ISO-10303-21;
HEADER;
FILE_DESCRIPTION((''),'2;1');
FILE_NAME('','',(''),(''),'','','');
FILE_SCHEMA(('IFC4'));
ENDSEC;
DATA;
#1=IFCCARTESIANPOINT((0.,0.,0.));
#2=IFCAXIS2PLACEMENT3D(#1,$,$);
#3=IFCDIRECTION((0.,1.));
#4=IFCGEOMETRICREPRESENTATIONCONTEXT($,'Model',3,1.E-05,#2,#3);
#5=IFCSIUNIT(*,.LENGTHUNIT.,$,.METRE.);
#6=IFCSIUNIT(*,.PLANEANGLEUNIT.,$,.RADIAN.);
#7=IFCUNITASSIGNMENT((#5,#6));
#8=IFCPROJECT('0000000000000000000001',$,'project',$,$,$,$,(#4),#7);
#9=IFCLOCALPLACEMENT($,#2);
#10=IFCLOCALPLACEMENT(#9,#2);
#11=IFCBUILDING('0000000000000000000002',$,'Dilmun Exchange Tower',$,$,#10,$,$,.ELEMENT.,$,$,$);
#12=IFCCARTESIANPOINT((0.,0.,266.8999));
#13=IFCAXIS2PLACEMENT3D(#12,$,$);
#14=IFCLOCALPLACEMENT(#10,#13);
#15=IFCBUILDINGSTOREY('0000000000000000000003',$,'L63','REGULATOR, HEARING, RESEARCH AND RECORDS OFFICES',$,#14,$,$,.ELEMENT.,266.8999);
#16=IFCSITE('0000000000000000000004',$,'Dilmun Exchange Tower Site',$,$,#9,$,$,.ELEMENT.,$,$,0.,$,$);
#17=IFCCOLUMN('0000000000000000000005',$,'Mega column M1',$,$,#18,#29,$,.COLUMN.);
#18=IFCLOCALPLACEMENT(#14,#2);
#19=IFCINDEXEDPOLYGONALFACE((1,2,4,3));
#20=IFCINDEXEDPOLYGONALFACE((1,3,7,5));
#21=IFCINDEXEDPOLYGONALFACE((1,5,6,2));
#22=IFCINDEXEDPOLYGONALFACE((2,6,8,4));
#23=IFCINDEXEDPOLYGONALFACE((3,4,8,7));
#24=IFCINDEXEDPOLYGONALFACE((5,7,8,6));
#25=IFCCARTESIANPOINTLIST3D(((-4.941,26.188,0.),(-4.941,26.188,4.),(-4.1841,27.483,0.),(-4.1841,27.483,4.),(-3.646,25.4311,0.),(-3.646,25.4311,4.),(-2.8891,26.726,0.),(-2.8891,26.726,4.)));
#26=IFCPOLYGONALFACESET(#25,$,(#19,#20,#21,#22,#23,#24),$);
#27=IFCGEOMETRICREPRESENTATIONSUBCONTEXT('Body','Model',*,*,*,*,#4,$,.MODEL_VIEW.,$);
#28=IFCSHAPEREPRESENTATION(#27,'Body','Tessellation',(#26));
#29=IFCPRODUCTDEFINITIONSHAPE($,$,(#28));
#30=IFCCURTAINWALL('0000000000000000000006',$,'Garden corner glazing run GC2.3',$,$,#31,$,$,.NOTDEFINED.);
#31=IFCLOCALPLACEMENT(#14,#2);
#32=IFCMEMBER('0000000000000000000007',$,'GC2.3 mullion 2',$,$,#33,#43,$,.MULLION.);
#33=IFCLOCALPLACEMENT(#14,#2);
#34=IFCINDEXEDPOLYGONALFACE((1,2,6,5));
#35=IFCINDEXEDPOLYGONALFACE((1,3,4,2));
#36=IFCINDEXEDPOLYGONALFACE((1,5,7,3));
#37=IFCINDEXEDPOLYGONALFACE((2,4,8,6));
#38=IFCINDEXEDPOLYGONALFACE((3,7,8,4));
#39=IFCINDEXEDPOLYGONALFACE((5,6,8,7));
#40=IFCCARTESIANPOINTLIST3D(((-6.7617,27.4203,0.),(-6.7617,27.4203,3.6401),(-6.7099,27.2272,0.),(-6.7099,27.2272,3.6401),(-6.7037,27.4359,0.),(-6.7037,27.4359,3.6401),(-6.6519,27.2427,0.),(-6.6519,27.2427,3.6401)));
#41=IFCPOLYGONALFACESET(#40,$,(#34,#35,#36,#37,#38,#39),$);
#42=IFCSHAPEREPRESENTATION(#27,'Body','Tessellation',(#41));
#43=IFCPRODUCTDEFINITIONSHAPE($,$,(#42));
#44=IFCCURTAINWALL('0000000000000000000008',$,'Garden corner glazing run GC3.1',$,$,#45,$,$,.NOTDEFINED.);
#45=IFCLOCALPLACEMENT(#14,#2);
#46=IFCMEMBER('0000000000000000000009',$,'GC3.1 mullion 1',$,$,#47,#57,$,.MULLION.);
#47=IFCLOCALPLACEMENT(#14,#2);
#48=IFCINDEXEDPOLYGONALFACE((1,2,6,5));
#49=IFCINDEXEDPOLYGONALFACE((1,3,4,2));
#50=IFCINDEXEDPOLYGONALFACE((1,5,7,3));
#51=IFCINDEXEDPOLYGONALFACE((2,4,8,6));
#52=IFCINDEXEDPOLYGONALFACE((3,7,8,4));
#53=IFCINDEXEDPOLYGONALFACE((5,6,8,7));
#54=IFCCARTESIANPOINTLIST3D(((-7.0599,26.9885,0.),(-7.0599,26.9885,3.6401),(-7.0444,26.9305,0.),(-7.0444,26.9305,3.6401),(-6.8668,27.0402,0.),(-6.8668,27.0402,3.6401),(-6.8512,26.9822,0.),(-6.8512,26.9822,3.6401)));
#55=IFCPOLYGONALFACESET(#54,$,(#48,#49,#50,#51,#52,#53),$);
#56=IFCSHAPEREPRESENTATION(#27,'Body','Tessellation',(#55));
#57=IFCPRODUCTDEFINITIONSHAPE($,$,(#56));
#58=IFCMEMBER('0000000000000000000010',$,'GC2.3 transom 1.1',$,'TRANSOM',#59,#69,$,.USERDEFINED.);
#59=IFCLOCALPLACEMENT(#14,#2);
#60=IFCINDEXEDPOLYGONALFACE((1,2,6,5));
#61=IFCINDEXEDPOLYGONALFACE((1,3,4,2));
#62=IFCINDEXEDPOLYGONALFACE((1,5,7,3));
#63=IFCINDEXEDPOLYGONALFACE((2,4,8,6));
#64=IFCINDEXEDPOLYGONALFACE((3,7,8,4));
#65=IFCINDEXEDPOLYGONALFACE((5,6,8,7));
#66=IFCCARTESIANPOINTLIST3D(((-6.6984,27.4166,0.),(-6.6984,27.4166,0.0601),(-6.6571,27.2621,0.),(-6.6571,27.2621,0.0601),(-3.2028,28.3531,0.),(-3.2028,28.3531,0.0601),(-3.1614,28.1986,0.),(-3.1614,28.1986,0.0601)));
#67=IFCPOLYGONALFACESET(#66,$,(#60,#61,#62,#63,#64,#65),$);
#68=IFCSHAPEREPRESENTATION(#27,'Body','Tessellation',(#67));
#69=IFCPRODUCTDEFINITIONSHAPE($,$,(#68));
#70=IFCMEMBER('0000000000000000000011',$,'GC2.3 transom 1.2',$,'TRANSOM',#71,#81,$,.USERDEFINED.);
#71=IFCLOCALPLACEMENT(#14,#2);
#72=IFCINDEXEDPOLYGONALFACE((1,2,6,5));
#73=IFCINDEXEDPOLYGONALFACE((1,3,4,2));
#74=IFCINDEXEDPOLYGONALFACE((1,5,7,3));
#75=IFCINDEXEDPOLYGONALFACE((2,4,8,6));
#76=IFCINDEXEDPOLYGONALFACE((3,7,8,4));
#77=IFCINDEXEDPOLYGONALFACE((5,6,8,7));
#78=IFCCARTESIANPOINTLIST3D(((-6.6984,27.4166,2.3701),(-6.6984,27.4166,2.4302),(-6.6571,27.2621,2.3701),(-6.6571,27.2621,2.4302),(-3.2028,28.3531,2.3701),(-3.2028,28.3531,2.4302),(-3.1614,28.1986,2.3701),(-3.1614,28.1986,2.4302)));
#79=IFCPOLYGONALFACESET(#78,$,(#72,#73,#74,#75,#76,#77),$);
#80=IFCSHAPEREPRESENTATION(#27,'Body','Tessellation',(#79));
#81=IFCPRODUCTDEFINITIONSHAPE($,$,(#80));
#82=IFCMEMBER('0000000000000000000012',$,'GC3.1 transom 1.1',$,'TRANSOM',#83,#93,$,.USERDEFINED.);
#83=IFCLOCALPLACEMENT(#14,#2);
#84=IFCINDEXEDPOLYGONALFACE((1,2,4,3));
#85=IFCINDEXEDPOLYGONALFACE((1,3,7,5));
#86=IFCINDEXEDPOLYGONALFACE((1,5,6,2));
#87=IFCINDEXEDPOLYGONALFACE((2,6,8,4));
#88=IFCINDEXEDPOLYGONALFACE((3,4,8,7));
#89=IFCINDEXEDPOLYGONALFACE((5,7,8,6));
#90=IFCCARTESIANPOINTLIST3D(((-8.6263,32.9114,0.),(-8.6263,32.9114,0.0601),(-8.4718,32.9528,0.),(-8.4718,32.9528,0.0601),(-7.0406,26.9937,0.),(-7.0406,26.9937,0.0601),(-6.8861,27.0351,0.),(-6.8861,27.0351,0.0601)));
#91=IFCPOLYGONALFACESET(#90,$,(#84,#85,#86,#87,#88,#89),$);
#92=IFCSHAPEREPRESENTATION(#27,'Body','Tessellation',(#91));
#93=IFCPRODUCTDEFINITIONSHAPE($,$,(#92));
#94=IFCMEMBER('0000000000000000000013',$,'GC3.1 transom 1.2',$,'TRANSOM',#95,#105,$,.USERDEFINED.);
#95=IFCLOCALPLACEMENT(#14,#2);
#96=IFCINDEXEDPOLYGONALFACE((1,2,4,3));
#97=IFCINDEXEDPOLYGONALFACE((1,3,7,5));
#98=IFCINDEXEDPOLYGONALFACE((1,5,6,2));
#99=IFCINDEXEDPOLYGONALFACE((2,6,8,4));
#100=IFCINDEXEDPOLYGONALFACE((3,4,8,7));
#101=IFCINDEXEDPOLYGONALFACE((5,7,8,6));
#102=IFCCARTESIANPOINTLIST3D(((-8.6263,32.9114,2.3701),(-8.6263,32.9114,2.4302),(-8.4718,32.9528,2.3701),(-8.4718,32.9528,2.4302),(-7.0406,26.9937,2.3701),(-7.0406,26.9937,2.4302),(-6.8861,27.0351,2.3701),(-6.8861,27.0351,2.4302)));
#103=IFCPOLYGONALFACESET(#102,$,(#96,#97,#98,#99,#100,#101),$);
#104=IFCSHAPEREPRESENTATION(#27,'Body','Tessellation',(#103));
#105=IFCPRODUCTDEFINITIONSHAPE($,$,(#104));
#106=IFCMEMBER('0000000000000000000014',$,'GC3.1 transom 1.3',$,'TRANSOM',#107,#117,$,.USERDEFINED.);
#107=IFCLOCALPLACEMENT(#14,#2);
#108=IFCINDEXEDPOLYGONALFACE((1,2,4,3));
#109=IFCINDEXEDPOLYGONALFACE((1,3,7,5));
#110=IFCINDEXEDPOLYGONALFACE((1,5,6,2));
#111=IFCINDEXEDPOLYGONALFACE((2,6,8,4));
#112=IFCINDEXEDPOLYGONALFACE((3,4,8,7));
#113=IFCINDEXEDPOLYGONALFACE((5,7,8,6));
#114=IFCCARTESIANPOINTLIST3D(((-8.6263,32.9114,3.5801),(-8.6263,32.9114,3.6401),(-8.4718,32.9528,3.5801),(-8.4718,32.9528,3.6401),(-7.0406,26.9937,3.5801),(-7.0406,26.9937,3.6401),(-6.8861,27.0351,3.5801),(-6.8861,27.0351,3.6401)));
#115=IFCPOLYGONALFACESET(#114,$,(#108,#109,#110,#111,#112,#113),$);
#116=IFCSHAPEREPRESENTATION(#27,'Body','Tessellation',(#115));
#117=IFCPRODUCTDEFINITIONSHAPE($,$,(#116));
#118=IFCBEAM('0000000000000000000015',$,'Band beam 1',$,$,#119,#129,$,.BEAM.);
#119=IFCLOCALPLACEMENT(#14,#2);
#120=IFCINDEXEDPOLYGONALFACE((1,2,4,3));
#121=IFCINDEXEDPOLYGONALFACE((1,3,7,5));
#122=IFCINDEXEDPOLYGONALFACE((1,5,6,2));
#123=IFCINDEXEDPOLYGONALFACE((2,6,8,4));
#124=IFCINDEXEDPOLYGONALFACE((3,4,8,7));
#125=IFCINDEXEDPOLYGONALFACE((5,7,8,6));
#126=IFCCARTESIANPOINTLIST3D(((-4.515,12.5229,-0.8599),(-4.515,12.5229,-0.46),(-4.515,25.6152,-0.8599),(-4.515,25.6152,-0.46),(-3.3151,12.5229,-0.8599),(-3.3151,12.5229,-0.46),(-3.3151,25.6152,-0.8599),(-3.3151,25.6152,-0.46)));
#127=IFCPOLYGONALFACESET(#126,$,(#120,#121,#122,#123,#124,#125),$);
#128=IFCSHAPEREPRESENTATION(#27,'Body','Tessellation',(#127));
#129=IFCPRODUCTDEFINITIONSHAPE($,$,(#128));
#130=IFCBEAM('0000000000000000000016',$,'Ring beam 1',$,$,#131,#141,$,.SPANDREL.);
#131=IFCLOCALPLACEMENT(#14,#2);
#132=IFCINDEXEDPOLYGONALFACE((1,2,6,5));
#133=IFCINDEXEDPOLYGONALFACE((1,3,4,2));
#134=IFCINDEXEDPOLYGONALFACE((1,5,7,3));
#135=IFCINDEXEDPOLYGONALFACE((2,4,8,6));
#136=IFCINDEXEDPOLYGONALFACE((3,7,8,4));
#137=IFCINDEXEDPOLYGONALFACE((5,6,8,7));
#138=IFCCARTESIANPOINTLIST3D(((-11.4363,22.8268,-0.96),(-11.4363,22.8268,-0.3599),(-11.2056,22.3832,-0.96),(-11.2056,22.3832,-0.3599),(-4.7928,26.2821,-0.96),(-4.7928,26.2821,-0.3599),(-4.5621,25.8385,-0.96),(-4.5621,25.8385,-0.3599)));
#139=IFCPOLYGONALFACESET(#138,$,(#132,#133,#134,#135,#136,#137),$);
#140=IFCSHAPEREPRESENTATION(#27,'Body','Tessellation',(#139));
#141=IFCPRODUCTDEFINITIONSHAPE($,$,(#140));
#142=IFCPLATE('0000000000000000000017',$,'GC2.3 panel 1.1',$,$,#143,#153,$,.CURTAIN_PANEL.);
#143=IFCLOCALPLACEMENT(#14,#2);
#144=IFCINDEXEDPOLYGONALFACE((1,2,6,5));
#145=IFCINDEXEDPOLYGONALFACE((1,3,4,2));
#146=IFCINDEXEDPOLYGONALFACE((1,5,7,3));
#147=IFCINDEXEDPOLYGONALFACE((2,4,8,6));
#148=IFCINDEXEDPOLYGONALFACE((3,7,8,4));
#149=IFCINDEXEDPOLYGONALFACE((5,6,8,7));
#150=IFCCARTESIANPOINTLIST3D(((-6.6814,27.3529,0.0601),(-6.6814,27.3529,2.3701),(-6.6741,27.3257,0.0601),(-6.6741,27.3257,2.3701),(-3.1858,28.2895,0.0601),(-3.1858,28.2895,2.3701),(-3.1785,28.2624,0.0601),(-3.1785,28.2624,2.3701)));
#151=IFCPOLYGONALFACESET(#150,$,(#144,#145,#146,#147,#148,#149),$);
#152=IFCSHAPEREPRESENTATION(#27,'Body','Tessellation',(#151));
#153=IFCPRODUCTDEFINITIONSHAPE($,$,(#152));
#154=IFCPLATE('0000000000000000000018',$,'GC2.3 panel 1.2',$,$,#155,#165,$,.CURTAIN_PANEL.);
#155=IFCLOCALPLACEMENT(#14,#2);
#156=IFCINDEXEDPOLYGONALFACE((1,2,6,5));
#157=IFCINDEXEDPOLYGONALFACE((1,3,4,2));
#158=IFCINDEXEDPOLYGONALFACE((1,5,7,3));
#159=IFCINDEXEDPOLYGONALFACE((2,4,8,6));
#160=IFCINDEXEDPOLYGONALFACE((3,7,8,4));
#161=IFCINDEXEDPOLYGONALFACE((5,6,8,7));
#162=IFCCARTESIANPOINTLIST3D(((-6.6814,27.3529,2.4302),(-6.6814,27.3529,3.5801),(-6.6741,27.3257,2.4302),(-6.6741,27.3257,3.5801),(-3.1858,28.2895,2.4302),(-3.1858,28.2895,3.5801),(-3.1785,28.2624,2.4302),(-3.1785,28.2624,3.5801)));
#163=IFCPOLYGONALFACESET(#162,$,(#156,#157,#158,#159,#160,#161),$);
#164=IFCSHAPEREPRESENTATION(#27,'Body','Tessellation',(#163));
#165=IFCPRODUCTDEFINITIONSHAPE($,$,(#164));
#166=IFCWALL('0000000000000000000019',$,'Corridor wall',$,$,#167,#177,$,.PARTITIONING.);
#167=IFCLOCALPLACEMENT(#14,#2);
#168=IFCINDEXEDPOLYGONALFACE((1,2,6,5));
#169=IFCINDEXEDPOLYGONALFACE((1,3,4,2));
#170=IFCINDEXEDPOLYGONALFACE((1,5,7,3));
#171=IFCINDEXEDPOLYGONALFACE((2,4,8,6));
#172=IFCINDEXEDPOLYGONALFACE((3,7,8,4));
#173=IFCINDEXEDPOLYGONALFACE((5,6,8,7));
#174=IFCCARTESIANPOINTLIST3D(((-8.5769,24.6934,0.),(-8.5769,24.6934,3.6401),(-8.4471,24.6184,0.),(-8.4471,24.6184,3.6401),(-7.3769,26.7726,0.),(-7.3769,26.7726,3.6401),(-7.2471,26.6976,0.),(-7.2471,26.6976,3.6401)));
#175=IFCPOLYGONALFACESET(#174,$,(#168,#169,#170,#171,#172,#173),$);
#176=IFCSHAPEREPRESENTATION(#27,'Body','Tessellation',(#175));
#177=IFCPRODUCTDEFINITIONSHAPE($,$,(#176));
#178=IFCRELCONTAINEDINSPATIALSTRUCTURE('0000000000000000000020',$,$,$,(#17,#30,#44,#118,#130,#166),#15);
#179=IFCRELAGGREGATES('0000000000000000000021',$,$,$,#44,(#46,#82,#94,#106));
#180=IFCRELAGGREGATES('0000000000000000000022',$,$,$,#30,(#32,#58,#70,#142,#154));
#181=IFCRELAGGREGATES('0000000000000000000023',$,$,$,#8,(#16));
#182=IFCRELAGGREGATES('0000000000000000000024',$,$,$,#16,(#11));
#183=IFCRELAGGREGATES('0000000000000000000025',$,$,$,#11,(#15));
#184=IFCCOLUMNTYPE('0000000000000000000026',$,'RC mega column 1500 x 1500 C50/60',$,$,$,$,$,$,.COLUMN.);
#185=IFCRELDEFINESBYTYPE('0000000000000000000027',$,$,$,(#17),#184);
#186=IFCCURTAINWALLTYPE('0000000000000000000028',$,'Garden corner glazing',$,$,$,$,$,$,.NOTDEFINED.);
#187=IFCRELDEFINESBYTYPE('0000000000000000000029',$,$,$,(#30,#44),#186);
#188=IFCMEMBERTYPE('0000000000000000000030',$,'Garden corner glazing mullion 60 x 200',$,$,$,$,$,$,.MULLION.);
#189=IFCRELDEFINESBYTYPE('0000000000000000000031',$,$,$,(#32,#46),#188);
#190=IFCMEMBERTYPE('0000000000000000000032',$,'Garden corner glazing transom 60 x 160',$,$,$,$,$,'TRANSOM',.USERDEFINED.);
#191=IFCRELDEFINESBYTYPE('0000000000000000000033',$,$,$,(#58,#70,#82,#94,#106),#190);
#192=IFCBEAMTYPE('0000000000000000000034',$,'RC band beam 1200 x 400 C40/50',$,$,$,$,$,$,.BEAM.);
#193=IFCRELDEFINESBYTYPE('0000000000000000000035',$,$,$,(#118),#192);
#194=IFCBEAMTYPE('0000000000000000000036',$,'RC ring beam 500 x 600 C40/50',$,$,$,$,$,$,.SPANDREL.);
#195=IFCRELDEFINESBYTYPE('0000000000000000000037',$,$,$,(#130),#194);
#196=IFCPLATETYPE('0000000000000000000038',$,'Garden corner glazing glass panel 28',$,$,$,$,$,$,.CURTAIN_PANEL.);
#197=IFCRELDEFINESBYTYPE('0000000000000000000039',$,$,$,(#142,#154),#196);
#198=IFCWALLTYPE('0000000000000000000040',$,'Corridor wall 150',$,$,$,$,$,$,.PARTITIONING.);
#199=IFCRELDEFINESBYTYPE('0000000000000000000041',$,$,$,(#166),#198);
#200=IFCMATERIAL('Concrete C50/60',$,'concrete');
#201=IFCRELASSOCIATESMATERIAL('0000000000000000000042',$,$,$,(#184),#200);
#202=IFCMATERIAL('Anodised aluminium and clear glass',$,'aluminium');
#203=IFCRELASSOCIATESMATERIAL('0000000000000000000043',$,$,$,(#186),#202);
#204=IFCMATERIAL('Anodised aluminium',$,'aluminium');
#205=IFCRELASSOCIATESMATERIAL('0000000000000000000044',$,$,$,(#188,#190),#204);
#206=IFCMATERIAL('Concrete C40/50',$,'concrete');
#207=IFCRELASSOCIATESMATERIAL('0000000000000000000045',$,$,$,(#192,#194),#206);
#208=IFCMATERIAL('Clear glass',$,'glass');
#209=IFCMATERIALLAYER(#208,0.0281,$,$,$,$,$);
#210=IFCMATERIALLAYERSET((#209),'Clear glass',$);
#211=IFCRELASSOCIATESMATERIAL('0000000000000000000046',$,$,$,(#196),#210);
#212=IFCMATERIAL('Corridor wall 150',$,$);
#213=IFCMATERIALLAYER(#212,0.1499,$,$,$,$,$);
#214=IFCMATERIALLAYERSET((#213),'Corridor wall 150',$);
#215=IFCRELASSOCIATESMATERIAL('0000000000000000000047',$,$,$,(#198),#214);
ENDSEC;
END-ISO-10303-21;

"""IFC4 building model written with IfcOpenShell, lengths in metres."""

from ifc_helpers import new_model, si_unit, direction, frame, frame_2d, origin, origin_2d, place, context, subcontext, project, spatial, rectangle, extrude, material, layer, layer_set, material_profile, profile_set, type_object, element, aggregate, save


model = new_model("IFC4")

# Units and contexts
model_context = context("Model", 3, precision=1e-05, world=origin(), true_north=direction((0.0, 1.0)))
body_context = subcontext(model_context, "Body", "Model", "MODEL_VIEW")
ifc_project = project(units=[si_unit("LENGTHUNIT", "METRE"), si_unit("PLANEANGLEUNIT", "RADIAN")], contexts=[model_context])

# Site, building, storey
site_placement = place(None, origin())
site = spatial("IfcSite", under=ifc_project, at=site_placement, Name="Dilmun Exchange Tower Site", CompositionType="ELEMENT", RefElevation=0.0)
building_placement = place(site_placement, origin())
building = spatial("IfcBuilding", under=site, at=building_placement, Name="Dilmun Exchange Tower", CompositionType="ELEMENT")
storey_placement = place(building_placement, frame((0.0, 0.0, 266.8999)))
storey = spatial("IfcBuildingStorey", under=building, at=storey_placement, Name="L63", Description="REGULATOR, HEARING, RESEARCH AND RECORDS OFFICES", CompositionType="ELEMENT", Elevation=266.8999)

# Column
ifc_material_1 = material(Name="Concrete C50/60", Category="concrete")
ifc_material_profile_1 = material_profile(ifc_material_1, rectangle(XDim=1.5, YDim=1.5, at=origin_2d()), Name="1500 x 1500")
ifc_profile_set_1 = profile_set([ifc_material_profile_1], Name="Concrete C50/60")
column_type = type_object("IfcColumnType", Name="RC mega column 1500 x 1500 C50/60", PredefinedType="COLUMN", material=ifc_profile_set_1)
column_placement = place(storey_placement, frame((-3.915, 26.457, 0.0), z_axis=(0.0, 0.0, 1.0), x_axis=(0.504644, 0.863328, 0.0)))
element("IfcColumn", 1, at=column_placement, inside=storey, type_object=column_type, Name="Mega column M1", PredefinedType="COLUMN", context=body_context, shape_type="SweptSolid", body=[
    extrude(rectangle(XDim=1.5, YDim=1.5, at=origin_2d()), origin(), (0.0, 0.0, 1.0), 4.0),
])

# Curtain walls, members
ifc_material_2 = material(Name="Anodised aluminium and clear glass", Category="aluminium")
curtain_wall_type = type_object("IfcCurtainWallType", Name="Garden corner glazing", PredefinedType="NOTDEFINED", material=ifc_material_2)
curtain_wall_1_placement = place(storey_placement, origin())
curtain_wall_1 = element("IfcCurtainWall", 2, at=curtain_wall_1_placement, inside=storey, type_object=curtain_wall_type, Name="Garden corner glazing run GC2.3", PredefinedType="NOTDEFINED")
ifc_material_3 = material(Name="Anodised aluminium", Category="aluminium")
ifc_material_profile_2 = material_profile(ifc_material_3, rectangle(XDim=0.2, YDim=0.0601, at=origin_2d()), Name="AL 60x200")
ifc_profile_set_2 = profile_set([ifc_material_profile_2], Name="Anodised aluminium")
member_type_1 = type_object("IfcMemberType", Name="Garden corner glazing mullion 60 x 200", PredefinedType="MULLION", material=ifc_profile_set_2)
member_1_placement = place(storey_placement, frame((-6.7068, 27.3315, 0.0), z_axis=(0.0, 0.0, 1.0), x_axis=(0.258813, -0.965928, 0.0)))
member_1 = element("IfcMember", 3, at=member_1_placement, type_object=member_type_1, Name="GC2.3 mullion 2", PredefinedType="MULLION", context=body_context, shape_type="SweptSolid", body=[
    extrude(rectangle(XDim=0.2, YDim=0.0601, at=origin_2d()), origin(), (0.0, 0.0, 1.0), 3.6401),
])
curtain_wall_2_placement = place(storey_placement, origin())
curtain_wall_2 = element("IfcCurtainWall", 4, at=curtain_wall_2_placement, inside=storey, type_object=curtain_wall_type, Name="Garden corner glazing run GC3.1", PredefinedType="NOTDEFINED")
member_2_placement = place(storey_placement, frame((-6.9556, 26.9854, 0.0), z_axis=(0.0, 0.0, 1.0), x_axis=(-0.965926, -0.258819, 0.0)))
member_2 = element("IfcMember", 5, at=member_2_placement, type_object=member_type_1, Name="GC3.1 mullion 1", PredefinedType="MULLION", context=body_context, shape_type="SweptSolid", body=[
    extrude(rectangle(XDim=0.2, YDim=0.0601, at=origin_2d()), origin(), (0.0, 0.0, 1.0), 3.6401),
])

# Members
ifc_material_profile_3 = material_profile(ifc_material_3, rectangle(XDim=0.1599, YDim=0.0601, at=origin_2d()), Name="AL 60x160")
ifc_profile_set_3 = profile_set([ifc_material_profile_3], Name="Anodised aluminium")
member_type_2 = type_object("IfcMemberType", Name="Garden corner glazing transom 60 x 160", ElementType="TRANSOM", PredefinedType="USERDEFINED", material=ifc_profile_set_3)
member_3_placement = place(storey_placement, frame((-3.1821, 28.2759, 0.03), z_axis=(-0.965934, -0.258788, 0.0), x_axis=(0.258788, -0.965934, 0.0)))
member_3 = element("IfcMember", 6, at=member_3_placement, type_object=member_type_2, Name="GC2.3 transom 1.1", ObjectType="TRANSOM", PredefinedType="USERDEFINED", context=body_context, shape_type="SweptSolid", body=[
    extrude(rectangle(XDim=0.1599, YDim=0.0601, at=origin_2d()), origin(), (0.0, 0.0, 1.0), 3.6189),
])
member_4_placement = place(storey_placement, frame((-3.1821, 28.2759, 2.4001), z_axis=(-0.965934, -0.258788, 0.0), x_axis=(0.258788, -0.965934, 0.0)))
member_4 = element("IfcMember", 7, at=member_4_placement, type_object=member_type_2, Name="GC2.3 transom 1.2", ObjectType="TRANSOM", PredefinedType="USERDEFINED", context=body_context, shape_type="SweptSolid", body=[
    extrude(rectangle(XDim=0.1599, YDim=0.0601, at=origin_2d()), origin(), (0.0, 0.0, 1.0), 3.6189),
])
member_5_placement = place(storey_placement, frame((-6.9634, 27.0144, 0.03), z_axis=(-0.258826, 0.965924, 0.0), x_axis=(-0.965924, -0.258826, 0.0)))
member_5 = element("IfcMember", 8, at=member_5_placement, type_object=member_type_2, Name="GC3.1 transom 1.1", ObjectType="TRANSOM", PredefinedType="USERDEFINED", context=body_context, shape_type="SweptSolid", body=[
    extrude(rectangle(XDim=0.1599, YDim=0.0601, at=origin_2d()), origin(), (0.0, 0.0, 1.0), 6.1265),
])
member_6_placement = place(storey_placement, frame((-6.9634, 27.0144, 2.4001), z_axis=(-0.258826, 0.965924, 0.0), x_axis=(-0.965924, -0.258826, 0.0)))
member_6 = element("IfcMember", 9, at=member_6_placement, type_object=member_type_2, Name="GC3.1 transom 1.2", ObjectType="TRANSOM", PredefinedType="USERDEFINED", context=body_context, shape_type="SweptSolid", body=[
    extrude(rectangle(XDim=0.1599, YDim=0.0601, at=origin_2d()), origin(), (0.0, 0.0, 1.0), 6.1265),
])
member_7_placement = place(storey_placement, frame((-6.9634, 27.0144, 3.6101), z_axis=(-0.258826, 0.965924, 0.0), x_axis=(-0.965924, -0.258826, 0.0)))
member_7 = element("IfcMember", 10, at=member_7_placement, type_object=member_type_2, Name="GC3.1 transom 1.3", ObjectType="TRANSOM", PredefinedType="USERDEFINED", context=body_context, shape_type="SweptSolid", body=[
    extrude(rectangle(XDim=0.1599, YDim=0.0601, at=origin_2d()), origin(), (0.0, 0.0, 1.0), 6.1265),
])
aggregate(curtain_wall_2, [member_2, member_5, member_6, member_7])

# Beams
ifc_material_4 = material(Name="Concrete C40/50", Category="concrete")
ifc_material_profile_4 = material_profile(ifc_material_4, rectangle(XDim=1.2, YDim=0.3999, at=origin_2d()), Name="1200 x 400")
ifc_profile_set_4 = profile_set([ifc_material_profile_4], Name="Concrete C40/50")
beam_type_1 = type_object("IfcBeamType", Name="RC band beam 1200 x 400 C40/50", PredefinedType="BEAM", material=ifc_profile_set_4)
beam_1_placement = place(storey_placement, frame((-3.915, 25.6152, -0.6599), z_axis=(0.0, -1.0, 0.0), x_axis=(1.0, 0.0, 0.0)))
element("IfcBeam", 11, at=beam_1_placement, inside=storey, type_object=beam_type_1, Name="Band beam 1", PredefinedType="BEAM", context=body_context, shape_type="SweptSolid", body=[
    extrude(rectangle(XDim=1.2, YDim=0.3999, at=origin_2d()), origin(), (0.0, 0.0, 1.0), 13.0923),
])
ifc_material_profile_5 = material_profile(ifc_material_4, rectangle(XDim=0.5, YDim=0.6001, at=origin_2d()), Name="500 x 600")
ifc_profile_set_5 = profile_set([ifc_material_profile_5], Name="Concrete C40/50")
beam_type_2 = type_object("IfcBeamType", Name="RC ring beam 500 x 600 C40/50", PredefinedType="SPANDREL", material=ifc_profile_set_5)
beam_2_placement = place(storey_placement, frame((-4.6775, 26.0603, -0.6599), z_axis=(-0.88718, -0.461424, 0.0), x_axis=(0.461424, -0.88718, 0.0)))
element("IfcBeam", 12, at=beam_2_placement, inside=storey, type_object=beam_type_2, Name="Ring beam 1", PredefinedType="SPANDREL", context=body_context, shape_type="SweptSolid", body=[
    extrude(rectangle(XDim=0.5, YDim=0.6001, at=origin_2d()), origin(), (0.0, 0.0, 1.0), 7.4883),
])

# Plates
ifc_material_5 = material(Name="Clear glass", Category="glass")
ifc_layer_1 = layer(ifc_material_5, 0.0281)
ifc_layer_set_1 = layer_set([ifc_layer_1], Name="Clear glass")
plate_type = type_object("IfcPlateType", Name="Garden corner glazing glass panel 28", PredefinedType="CURTAIN_PANEL", material=ifc_layer_set_1)
plate_1_placement = place(storey_placement, frame((-4.9299, 27.8076, 0.0601), z_axis=(0.0, 0.0, 1.0), x_axis=(-0.965928, -0.258813, 0.0)))
plate_1 = element("IfcPlate", 13, at=plate_1_placement, type_object=plate_type, Name="GC2.3 panel 1.1", PredefinedType="CURTAIN_PANEL", context=body_context, shape_type="SweptSolid", body=[
    extrude(rectangle(XDim=3.6189, YDim=0.0281, at=origin_2d()), origin(), (0.0, 0.0, 1.0), 2.3101),
])
plate_2_placement = place(storey_placement, frame((-4.9299, 27.8076, 2.4302), z_axis=(0.0, 0.0, 1.0), x_axis=(-0.965928, -0.258813, 0.0)))
plate_2 = element("IfcPlate", 14, at=plate_2_placement, type_object=plate_type, Name="GC2.3 panel 1.2", PredefinedType="CURTAIN_PANEL", context=body_context, shape_type="SweptSolid", body=[
    extrude(rectangle(XDim=3.6189, YDim=0.0281, at=origin_2d()), origin(), (0.0, 0.0, 1.0), 1.1499),
])
aggregate(curtain_wall_1, [member_1, member_3, member_4, plate_1, plate_2])

# Wall
ifc_material_6 = material(Name="Corridor wall 150")
ifc_layer_2 = layer(ifc_material_6, 0.1499)
ifc_layer_set_2 = layer_set([ifc_layer_2], Name="Corridor wall 150")
wall_type = type_object("IfcWallType", Name="Corridor wall 150", PredefinedType="PARTITIONING", material=ifc_layer_set_2)
wall_1_placement = place(storey_placement, frame((-8.512, 24.656, 0.0), z_axis=(0.0, 0.0, 1.0), x_axis=(0.499869, 0.866101, 0.0)))
element("IfcWall", 15, at=wall_1_placement, inside=storey, type_object=wall_type, Name="Corridor wall", PredefinedType="PARTITIONING", context=body_context, shape_type="SweptSolid", body=[
    extrude(rectangle(XDim=2.4006, YDim=0.1499, at=frame_2d((1.2002, 0.0))), origin(), (0.0, 0.0, 1.0), 3.6401),
])

save(model, "model.ifc")
